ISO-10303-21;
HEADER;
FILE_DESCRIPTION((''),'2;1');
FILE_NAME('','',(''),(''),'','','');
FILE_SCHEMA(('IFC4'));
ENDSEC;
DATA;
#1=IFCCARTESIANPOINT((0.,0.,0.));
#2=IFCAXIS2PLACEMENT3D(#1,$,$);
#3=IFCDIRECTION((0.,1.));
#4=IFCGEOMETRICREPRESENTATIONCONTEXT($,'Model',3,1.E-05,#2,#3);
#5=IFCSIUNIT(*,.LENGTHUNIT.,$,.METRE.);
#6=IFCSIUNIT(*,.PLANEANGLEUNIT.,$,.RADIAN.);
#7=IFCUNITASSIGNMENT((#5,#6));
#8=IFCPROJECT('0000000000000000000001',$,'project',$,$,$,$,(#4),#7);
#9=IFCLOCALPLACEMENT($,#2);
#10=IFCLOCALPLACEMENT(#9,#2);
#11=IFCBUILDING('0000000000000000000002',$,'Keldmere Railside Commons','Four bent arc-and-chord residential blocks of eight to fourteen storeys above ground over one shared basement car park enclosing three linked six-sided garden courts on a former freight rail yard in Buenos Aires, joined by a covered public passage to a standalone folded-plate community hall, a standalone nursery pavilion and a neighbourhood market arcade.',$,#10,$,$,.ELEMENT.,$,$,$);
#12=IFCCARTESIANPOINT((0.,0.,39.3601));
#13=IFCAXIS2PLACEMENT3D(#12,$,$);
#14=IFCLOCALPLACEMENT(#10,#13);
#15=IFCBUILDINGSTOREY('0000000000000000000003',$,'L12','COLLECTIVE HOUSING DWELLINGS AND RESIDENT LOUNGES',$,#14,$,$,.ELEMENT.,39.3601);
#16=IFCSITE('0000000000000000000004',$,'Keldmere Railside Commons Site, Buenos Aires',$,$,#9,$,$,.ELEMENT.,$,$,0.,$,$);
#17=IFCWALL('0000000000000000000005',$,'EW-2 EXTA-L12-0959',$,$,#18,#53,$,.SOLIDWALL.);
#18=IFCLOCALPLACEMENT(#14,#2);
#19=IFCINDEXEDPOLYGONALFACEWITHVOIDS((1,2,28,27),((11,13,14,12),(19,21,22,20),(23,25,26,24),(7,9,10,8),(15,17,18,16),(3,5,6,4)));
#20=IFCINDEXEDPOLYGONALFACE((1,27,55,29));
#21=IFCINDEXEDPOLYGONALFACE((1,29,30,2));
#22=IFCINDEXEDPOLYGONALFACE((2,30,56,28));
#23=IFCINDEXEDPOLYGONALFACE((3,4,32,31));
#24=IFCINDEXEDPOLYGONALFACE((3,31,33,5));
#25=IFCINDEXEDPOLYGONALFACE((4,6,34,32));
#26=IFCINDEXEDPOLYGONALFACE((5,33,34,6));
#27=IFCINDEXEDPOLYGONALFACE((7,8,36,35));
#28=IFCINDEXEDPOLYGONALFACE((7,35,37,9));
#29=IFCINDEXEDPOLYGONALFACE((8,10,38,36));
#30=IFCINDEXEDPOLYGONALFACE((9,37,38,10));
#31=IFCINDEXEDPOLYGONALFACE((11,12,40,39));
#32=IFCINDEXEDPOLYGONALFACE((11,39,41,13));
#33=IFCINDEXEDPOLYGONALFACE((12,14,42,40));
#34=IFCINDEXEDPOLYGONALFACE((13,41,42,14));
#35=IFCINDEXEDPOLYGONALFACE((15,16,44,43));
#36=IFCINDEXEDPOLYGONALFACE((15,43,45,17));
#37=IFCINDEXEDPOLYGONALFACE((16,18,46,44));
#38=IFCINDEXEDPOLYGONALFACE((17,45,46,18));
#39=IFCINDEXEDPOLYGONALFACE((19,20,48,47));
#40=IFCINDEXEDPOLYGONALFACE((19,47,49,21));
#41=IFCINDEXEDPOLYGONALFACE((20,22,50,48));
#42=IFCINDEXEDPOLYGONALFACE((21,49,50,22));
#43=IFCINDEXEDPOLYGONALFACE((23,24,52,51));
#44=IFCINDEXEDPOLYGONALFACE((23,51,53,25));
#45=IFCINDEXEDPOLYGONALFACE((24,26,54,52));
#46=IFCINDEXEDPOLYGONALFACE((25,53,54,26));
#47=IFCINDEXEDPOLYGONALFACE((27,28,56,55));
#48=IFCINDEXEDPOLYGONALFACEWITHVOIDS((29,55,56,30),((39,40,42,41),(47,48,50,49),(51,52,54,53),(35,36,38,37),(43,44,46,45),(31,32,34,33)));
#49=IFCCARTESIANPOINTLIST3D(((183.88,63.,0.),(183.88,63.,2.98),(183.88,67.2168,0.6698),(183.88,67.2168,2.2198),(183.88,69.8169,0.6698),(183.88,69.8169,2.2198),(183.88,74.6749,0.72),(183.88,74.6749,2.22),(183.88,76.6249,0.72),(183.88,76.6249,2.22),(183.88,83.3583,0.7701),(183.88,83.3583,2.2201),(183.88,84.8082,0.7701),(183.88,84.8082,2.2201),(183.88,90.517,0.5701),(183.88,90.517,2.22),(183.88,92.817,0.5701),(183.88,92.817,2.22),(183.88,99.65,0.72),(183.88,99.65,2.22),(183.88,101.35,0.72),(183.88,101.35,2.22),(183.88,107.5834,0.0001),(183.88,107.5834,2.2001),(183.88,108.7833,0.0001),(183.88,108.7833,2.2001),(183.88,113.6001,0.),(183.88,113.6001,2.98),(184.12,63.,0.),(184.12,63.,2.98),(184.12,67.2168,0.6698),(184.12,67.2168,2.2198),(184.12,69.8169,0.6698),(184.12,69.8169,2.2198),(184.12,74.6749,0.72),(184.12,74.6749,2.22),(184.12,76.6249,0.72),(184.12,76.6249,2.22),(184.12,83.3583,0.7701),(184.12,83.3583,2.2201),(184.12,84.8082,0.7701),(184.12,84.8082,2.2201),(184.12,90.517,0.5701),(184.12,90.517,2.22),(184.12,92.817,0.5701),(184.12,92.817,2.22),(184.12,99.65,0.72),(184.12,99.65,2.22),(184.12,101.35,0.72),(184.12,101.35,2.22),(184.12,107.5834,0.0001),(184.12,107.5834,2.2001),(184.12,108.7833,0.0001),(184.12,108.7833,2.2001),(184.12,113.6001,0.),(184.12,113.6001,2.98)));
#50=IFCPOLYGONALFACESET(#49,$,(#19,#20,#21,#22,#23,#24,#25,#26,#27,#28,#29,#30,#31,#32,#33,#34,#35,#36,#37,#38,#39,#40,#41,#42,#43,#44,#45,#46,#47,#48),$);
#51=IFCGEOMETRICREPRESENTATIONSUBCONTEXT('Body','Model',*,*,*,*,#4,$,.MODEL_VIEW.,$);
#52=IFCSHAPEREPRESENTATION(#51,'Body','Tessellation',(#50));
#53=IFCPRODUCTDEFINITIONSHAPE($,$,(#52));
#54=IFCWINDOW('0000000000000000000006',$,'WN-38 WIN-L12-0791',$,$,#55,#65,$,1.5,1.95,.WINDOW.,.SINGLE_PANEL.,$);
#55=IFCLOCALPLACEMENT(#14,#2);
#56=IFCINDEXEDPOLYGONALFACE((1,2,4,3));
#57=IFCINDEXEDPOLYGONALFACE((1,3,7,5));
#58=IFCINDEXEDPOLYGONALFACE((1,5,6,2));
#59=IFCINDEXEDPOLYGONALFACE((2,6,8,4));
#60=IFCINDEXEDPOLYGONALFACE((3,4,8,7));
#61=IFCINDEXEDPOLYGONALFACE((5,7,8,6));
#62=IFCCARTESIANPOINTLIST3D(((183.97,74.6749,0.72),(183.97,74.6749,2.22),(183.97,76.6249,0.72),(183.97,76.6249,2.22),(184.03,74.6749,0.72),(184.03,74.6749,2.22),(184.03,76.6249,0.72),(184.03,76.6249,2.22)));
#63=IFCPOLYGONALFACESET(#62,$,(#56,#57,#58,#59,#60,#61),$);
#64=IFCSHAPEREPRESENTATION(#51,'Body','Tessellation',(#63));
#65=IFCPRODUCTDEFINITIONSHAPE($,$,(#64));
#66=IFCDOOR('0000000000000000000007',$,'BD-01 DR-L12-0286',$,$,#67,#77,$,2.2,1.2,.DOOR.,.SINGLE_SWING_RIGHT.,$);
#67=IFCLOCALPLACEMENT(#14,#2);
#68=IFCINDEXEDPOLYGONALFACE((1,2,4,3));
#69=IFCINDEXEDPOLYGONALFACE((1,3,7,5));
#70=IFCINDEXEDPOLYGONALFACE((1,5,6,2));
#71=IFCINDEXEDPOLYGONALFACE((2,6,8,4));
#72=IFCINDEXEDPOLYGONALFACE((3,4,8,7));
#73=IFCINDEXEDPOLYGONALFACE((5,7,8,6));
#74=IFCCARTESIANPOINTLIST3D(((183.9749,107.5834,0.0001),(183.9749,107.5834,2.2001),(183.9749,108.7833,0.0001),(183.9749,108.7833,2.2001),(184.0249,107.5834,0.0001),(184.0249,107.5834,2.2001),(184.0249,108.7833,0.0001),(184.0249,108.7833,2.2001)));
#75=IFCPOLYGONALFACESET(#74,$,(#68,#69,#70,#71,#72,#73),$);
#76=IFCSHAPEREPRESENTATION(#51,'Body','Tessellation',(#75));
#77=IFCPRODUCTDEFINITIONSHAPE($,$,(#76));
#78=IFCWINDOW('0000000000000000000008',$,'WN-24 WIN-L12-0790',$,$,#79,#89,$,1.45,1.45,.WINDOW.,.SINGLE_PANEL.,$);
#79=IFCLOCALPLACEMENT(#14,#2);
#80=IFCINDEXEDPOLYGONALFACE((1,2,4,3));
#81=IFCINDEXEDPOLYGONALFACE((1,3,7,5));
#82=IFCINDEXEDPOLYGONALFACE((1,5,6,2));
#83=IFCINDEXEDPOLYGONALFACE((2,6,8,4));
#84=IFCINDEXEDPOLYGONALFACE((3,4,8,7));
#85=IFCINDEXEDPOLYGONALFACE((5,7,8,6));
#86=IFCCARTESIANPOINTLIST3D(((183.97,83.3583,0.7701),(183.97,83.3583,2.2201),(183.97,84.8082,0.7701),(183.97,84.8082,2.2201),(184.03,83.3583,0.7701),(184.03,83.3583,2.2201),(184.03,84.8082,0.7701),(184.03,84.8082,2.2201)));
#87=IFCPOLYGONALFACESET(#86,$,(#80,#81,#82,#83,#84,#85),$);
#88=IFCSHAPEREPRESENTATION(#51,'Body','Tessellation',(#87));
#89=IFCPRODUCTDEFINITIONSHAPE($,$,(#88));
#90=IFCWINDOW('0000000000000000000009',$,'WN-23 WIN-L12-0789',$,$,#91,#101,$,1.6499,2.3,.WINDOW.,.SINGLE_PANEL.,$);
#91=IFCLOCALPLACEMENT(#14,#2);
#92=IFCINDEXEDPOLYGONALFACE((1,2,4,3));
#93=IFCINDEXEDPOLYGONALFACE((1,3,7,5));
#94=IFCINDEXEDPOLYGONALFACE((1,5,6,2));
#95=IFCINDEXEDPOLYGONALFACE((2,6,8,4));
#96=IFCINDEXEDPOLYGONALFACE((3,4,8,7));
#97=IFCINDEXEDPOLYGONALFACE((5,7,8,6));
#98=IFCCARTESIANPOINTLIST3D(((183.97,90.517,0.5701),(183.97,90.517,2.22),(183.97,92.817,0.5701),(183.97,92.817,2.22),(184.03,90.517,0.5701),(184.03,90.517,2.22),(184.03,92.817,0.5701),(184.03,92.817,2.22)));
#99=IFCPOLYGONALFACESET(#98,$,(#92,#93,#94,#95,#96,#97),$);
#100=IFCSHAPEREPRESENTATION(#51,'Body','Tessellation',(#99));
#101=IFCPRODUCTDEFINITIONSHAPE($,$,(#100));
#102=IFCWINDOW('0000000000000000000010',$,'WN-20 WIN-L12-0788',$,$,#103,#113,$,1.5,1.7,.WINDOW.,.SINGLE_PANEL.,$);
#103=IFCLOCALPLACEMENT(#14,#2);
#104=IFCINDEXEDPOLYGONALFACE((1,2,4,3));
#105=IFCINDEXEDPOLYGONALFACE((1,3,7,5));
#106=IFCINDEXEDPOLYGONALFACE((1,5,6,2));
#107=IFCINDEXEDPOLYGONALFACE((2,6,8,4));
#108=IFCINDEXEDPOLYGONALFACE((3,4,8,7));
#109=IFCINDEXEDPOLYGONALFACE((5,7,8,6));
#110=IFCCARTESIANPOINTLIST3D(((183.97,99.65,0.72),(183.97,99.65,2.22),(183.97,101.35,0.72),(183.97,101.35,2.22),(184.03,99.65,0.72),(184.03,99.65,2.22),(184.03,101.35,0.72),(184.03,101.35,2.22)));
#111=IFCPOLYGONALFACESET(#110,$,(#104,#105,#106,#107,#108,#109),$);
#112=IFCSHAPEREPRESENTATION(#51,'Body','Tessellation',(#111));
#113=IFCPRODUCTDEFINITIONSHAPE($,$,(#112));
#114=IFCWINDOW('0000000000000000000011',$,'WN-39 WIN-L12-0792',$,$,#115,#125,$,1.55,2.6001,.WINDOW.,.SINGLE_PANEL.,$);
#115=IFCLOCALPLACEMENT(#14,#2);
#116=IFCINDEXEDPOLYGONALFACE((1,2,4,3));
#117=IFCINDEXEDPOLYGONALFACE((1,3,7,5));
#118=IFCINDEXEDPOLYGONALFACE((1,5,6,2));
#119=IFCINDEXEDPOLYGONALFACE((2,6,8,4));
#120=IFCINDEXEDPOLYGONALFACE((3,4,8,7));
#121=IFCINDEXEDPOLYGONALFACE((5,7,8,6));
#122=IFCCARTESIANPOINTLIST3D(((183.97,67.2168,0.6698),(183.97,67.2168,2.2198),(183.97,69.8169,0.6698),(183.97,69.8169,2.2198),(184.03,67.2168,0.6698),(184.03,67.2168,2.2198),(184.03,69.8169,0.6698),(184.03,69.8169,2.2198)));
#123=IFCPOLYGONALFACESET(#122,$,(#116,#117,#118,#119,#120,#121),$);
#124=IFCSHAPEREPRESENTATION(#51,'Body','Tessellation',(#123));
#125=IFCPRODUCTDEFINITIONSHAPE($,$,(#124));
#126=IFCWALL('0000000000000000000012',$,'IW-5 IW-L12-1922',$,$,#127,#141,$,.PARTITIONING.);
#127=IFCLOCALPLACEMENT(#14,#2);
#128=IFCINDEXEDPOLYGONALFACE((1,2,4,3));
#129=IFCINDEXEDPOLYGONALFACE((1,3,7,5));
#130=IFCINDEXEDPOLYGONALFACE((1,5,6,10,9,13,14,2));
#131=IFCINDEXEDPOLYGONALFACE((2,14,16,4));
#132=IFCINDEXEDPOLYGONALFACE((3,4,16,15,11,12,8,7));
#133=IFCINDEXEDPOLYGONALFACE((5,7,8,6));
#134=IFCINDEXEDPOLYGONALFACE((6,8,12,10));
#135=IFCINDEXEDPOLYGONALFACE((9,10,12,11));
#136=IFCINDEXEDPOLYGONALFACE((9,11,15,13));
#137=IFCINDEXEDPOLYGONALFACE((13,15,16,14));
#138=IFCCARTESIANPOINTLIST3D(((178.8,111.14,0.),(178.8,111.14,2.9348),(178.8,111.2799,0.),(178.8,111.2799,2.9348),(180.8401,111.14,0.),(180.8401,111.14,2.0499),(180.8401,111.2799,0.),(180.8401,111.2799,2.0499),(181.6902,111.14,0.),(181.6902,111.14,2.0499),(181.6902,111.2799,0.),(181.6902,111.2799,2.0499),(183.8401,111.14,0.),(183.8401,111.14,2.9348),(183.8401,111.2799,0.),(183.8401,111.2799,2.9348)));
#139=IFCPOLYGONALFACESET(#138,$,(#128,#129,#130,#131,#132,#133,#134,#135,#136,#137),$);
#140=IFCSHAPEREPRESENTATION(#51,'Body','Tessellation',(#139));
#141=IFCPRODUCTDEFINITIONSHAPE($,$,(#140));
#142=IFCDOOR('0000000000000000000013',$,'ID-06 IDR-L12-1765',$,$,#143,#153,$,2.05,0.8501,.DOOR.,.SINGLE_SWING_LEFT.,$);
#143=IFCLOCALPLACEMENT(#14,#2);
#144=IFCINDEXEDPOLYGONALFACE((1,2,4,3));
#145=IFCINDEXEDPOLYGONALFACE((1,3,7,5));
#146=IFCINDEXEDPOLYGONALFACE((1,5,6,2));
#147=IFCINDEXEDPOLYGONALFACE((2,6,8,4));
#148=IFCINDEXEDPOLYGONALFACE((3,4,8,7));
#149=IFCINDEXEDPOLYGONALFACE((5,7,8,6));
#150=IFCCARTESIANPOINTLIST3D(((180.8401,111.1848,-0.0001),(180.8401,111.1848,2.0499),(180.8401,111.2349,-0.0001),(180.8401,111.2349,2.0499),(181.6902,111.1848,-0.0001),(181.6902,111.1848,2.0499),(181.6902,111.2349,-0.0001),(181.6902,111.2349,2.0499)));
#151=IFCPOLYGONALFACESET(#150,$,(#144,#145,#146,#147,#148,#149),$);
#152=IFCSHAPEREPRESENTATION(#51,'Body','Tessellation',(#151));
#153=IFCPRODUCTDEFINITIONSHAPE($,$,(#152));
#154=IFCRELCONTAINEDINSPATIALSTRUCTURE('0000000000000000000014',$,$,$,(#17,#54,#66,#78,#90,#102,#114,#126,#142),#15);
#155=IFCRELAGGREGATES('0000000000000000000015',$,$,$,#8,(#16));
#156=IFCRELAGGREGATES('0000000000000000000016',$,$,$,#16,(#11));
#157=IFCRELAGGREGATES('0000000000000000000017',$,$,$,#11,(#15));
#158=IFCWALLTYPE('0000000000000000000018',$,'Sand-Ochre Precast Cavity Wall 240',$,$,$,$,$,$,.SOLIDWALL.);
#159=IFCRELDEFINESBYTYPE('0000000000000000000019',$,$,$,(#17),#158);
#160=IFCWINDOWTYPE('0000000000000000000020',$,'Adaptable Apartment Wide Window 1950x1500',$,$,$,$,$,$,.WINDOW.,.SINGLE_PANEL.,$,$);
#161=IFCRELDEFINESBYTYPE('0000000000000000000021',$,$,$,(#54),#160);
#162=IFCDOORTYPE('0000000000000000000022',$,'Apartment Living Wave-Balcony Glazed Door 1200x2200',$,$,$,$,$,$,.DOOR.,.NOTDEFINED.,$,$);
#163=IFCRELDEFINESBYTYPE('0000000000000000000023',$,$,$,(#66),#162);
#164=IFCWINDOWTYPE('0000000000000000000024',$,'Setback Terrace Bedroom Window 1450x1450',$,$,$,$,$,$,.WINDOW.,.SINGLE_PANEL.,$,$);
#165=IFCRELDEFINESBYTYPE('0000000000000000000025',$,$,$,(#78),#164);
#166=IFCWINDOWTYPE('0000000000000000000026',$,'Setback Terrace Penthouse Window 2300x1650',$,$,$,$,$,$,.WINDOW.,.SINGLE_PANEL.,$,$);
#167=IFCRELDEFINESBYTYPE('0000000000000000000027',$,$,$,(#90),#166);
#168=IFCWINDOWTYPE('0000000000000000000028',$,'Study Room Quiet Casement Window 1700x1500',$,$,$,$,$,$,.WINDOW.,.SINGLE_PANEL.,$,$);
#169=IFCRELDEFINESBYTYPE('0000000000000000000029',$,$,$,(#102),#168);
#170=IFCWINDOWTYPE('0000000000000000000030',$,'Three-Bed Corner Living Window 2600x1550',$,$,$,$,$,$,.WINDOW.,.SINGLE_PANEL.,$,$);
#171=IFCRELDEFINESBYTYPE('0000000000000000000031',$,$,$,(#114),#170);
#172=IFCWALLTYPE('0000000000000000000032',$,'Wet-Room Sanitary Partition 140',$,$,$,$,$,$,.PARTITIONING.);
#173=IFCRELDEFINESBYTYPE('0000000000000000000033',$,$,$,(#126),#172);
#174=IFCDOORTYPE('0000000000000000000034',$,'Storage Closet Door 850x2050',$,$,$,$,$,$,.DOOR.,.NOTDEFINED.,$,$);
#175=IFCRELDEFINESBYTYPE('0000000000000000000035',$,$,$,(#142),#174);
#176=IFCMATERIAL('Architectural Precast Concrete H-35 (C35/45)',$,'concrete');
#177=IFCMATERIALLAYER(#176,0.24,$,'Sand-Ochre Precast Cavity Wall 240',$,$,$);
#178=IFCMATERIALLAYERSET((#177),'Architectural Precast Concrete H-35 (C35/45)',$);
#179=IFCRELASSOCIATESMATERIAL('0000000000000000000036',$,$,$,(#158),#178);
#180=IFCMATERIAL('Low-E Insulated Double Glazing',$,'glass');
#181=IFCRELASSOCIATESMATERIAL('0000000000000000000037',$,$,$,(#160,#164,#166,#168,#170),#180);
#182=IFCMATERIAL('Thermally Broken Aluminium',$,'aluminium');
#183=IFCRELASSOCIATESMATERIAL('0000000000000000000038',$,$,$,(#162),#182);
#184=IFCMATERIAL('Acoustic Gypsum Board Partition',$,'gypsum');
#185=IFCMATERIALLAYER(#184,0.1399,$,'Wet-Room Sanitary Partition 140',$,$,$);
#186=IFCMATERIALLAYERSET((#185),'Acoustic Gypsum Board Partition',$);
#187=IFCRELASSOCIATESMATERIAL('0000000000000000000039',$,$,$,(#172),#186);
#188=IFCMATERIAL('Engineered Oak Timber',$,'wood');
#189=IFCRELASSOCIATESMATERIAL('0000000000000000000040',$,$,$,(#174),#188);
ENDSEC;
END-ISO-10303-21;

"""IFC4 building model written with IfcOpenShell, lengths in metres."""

from ifc_helpers import new_model, si_unit, direction, frame, frame_2d, origin, place, context, subcontext, project, spatial, rectangle, extrude, material, layer, layer_set, type_object, element, fill, save


model = new_model("IFC4")

# Units and contexts
model_context = context("Model", 3, precision=1e-05, world=origin(), true_north=direction((0.0, 1.0)))
body_context = subcontext(model_context, "Body", "Model", "MODEL_VIEW")
ifc_project = project(units=[si_unit("LENGTHUNIT", "METRE"), si_unit("PLANEANGLEUNIT", "RADIAN")], contexts=[model_context])

# Site, building, storey
site_placement = place(None, origin())
site = spatial("IfcSite", under=ifc_project, at=site_placement, Name="Keldmere Railside Commons Site, Buenos Aires", CompositionType="ELEMENT", RefElevation=0.0)
building_placement = place(site_placement, origin())
building = spatial("IfcBuilding", under=site, at=building_placement, Name="Keldmere Railside Commons", Description="Four bent arc-and-chord residential blocks of eight to fourteen storeys above ground over one shared basement car park enclosing three linked six-sided garden courts on a former freight rail yard in Buenos Aires, joined by a covered public passage to a standalone folded-plate community hall, a standalone nursery pavilion and a neighbourhood market arcade.", CompositionType="ELEMENT")
storey_placement = place(building_placement, frame((0.0, 0.0, 39.3601)))
storey = spatial("IfcBuildingStorey", under=building, at=storey_placement, Name="L12", Description="COLLECTIVE HOUSING DWELLINGS AND RESIDENT LOUNGES", CompositionType="ELEMENT", Elevation=39.3601)

# Shared definitions
ifc_material_1 = material(Name="Acoustic Gypsum Board Partition", Category="gypsum")
ifc_material_2 = material(Name="Engineered Oak Timber", Category="wood")

# Wall, openings, windows, door
ifc_material_3 = material(Name="Architectural Precast Concrete H-35 (C35/45)", Category="concrete")
ifc_layer_1 = layer(ifc_material_3, 0.24, Name="Sand-Ochre Precast Cavity Wall 240")
ifc_layer_set_1 = layer_set([ifc_layer_1], Name="Architectural Precast Concrete H-35 (C35/45)")
wall_type_1 = type_object("IfcWallType", Name="Sand-Ochre Precast Cavity Wall 240", PredefinedType="SOLIDWALL", material=ifc_layer_set_1)
wall_1_placement = place(storey_placement, frame((184.0, 113.6001, 0.0), z_axis=(0.0, 0.0, 1.0), x_axis=(0.0, -1.0, 0.0)))
wall_1 = element("IfcWall", 1, at=wall_1_placement, inside=storey, type_object=wall_type_1, Name="EW-2 EXTA-L12-0959", PredefinedType="SOLIDWALL", context=body_context, shape_type="SweptSolid", body=[
    extrude(rectangle(XDim=50.6001, YDim=0.24, at=frame_2d((25.3, 0.0))), origin(), (0.0, 0.0, 1.0), 2.98),
])
opening_1_placement = place(wall_1_placement, frame((4.8167, 0.0, 0.0)))
opening_1 = element("IfcOpeningElement", 2, at=opening_1_placement, cuts=wall_1, PredefinedType="OPENING", context=body_context, shape_type="SweptSolid", body=[
    extrude(rectangle(XDim=1.2, YDim=2.2, at=frame_2d((0.6001, 1.1001))), frame((0.0, 0.1299, 0.0), z_axis=(0.0, -1.0, 0.0), x_axis=(1.0, 0.0, 0.0)), (0.0, 0.0, 1.0), 0.26),
])
opening_2_placement = place(wall_1_placement, frame((12.25, 0.0, 0.72)))
opening_2 = element("IfcOpeningElement", 3, at=opening_2_placement, cuts=wall_1, PredefinedType="OPENING", context=body_context, shape_type="SweptSolid", body=[
    extrude(rectangle(XDim=1.7, YDim=1.5, at=frame_2d((0.8501, 0.75))), frame((0.0, 0.1299, 0.0), z_axis=(0.0, -1.0, 0.0), x_axis=(1.0, 0.0, 0.0)), (0.0, 0.0, 1.0), 0.26),
])
opening_3_placement = place(wall_1_placement, frame((20.7832, 0.0, 0.5701)))
opening_3 = element("IfcOpeningElement", 4, at=opening_3_placement, cuts=wall_1, PredefinedType="OPENING", context=body_context, shape_type="SweptSolid", body=[
    extrude(rectangle(XDim=2.3, YDim=1.6499, at=frame_2d((1.1499, 0.825))), frame((0.0, 0.1299, 0.0), z_axis=(0.0, -1.0, 0.0), x_axis=(1.0, 0.0, 0.0)), (0.0, 0.0, 1.0), 0.26),
])
opening_4_placement = place(wall_1_placement, frame((28.7917, 0.0, 0.77)))
opening_4 = element("IfcOpeningElement", 5, at=opening_4_placement, cuts=wall_1, PredefinedType="OPENING", context=body_context, shape_type="SweptSolid", body=[
    extrude(rectangle(XDim=1.45, YDim=1.45, at=frame_2d((0.7251, 0.7251))), frame((0.0, 0.1299, 0.0), z_axis=(0.0, -1.0, 0.0), x_axis=(1.0, 0.0, 0.0)), (0.0, 0.0, 1.0), 0.26),
])
opening_5_placement = place(wall_1_placement, frame((36.9751, 0.0, 0.72)))
opening_5 = element("IfcOpeningElement", 6, at=opening_5_placement, cuts=wall_1, PredefinedType="OPENING", context=body_context, shape_type="SweptSolid", body=[
    extrude(rectangle(XDim=1.95, YDim=1.5, at=frame_2d((0.9751, 0.75))), frame((0.0, 0.1299, 0.0), z_axis=(0.0, -1.0, 0.0), x_axis=(1.0, 0.0, 0.0)), (0.0, 0.0, 1.0), 0.26),
])
opening_6_placement = place(wall_1_placement, frame((43.7832, 0.0, 0.6699)))
opening_6 = element("IfcOpeningElement", 7, at=opening_6_placement, cuts=wall_1, PredefinedType="OPENING", context=body_context, shape_type="SweptSolid", body=[
    extrude(rectangle(XDim=2.6001, YDim=1.55, at=frame_2d((1.3, 0.7749))), frame((0.0, 0.1299, 0.0), z_axis=(0.0, -1.0, 0.0), x_axis=(1.0, 0.0, 0.0)), (0.0, 0.0, 1.0), 0.26),
])
ifc_material_4 = material(Name="Low-E Insulated Double Glazing", Category="glass")
window_type_1 = type_object("IfcWindowType", Name="Adaptable Apartment Wide Window 1950x1500", PartitioningType="SINGLE_PANEL", PredefinedType="WINDOW", material=ifc_material_4)
window_1_placement = place(opening_5_placement, origin())
window_1 = element("IfcWindow", 8, at=window_1_placement, inside=storey, type_object=window_type_1, Name="WN-38 WIN-L12-0791", OverallHeight=1.5, OverallWidth=1.95, PartitioningType="SINGLE_PANEL", PredefinedType="WINDOW", context=body_context, shape_type="SweptSolid", body=[
    extrude(rectangle(XDim=1.95, YDim=1.5, at=frame_2d((0.9751, 0.75))), frame((0.0, 0.03, 0.0), z_axis=(0.0, -1.0, 0.0), x_axis=(1.0, 0.0, 0.0)), (0.0, 0.0, 1.0), 0.0601),
])
fill(opening_5, window_1)
ifc_material_5 = material(Name="Thermally Broken Aluminium", Category="aluminium")
door_type_1 = type_object("IfcDoorType", Name="Apartment Living Wave-Balcony Glazed Door 1200x2200", OperationType="NOTDEFINED", PredefinedType="DOOR", material=ifc_material_5)
door_1_placement = place(opening_1_placement, origin())
door_1 = element("IfcDoor", 9, at=door_1_placement, inside=storey, type_object=door_type_1, Name="BD-01 DR-L12-0286", OperationType="SINGLE_SWING_RIGHT", OverallHeight=2.2, OverallWidth=1.2, PredefinedType="DOOR", context=body_context, shape_type="SweptSolid", body=[
    extrude(rectangle(XDim=1.2, YDim=2.2, at=frame_2d((0.6001, 1.1001))), frame((0.0, 0.0249, 0.0), z_axis=(0.0, -1.0, 0.0), x_axis=(1.0, 0.0, 0.0)), (0.0, 0.0, 1.0), 0.05),
])
fill(opening_1, door_1)
window_type_2 = type_object("IfcWindowType", Name="Setback Terrace Bedroom Window 1450x1450", PartitioningType="SINGLE_PANEL", PredefinedType="WINDOW", material=ifc_material_4)
window_2_placement = place(opening_4_placement, origin())
window_2 = element("IfcWindow", 10, at=window_2_placement, inside=storey, type_object=window_type_2, Name="WN-24 WIN-L12-0790", OverallHeight=1.45, OverallWidth=1.45, PartitioningType="SINGLE_PANEL", PredefinedType="WINDOW", context=body_context, shape_type="SweptSolid", body=[
    extrude(rectangle(XDim=1.45, YDim=1.45, at=frame_2d((0.7251, 0.7251))), frame((0.0, 0.03, 0.0), z_axis=(0.0, -1.0, 0.0), x_axis=(1.0, 0.0, 0.0)), (0.0, 0.0, 1.0), 0.0601),
])
fill(opening_4, window_2)
window_type_3 = type_object("IfcWindowType", Name="Setback Terrace Penthouse Window 2300x1650", PartitioningType="SINGLE_PANEL", PredefinedType="WINDOW", material=ifc_material_4)
window_3_placement = place(opening_3_placement, origin())
window_3 = element("IfcWindow", 11, at=window_3_placement, inside=storey, type_object=window_type_3, Name="WN-23 WIN-L12-0789", OverallHeight=1.6499, OverallWidth=2.3, PartitioningType="SINGLE_PANEL", PredefinedType="WINDOW", context=body_context, shape_type="SweptSolid", body=[
    extrude(rectangle(XDim=2.3, YDim=1.6499, at=frame_2d((1.1499, 0.825))), frame((0.0, 0.03, 0.0), z_axis=(0.0, -1.0, 0.0), x_axis=(1.0, 0.0, 0.0)), (0.0, 0.0, 1.0), 0.0601),
])
fill(opening_3, window_3)
window_type_4 = type_object("IfcWindowType", Name="Study Room Quiet Casement Window 1700x1500", PartitioningType="SINGLE_PANEL", PredefinedType="WINDOW", material=ifc_material_4)
window_4_placement = place(opening_2_placement, origin())
window_4 = element("IfcWindow", 12, at=window_4_placement, inside=storey, type_object=window_type_4, Name="WN-20 WIN-L12-0788", OverallHeight=1.5, OverallWidth=1.7, PartitioningType="SINGLE_PANEL", PredefinedType="WINDOW", context=body_context, shape_type="SweptSolid", body=[
    extrude(rectangle(XDim=1.7, YDim=1.5, at=frame_2d((0.8501, 0.75))), frame((0.0, 0.03, 0.0), z_axis=(0.0, -1.0, 0.0), x_axis=(1.0, 0.0, 0.0)), (0.0, 0.0, 1.0), 0.0601),
])
fill(opening_2, window_4)
window_type_5 = type_object("IfcWindowType", Name="Three-Bed Corner Living Window 2600x1550", PartitioningType="SINGLE_PANEL", PredefinedType="WINDOW", material=ifc_material_4)
window_5_placement = place(opening_6_placement, origin())
window_5 = element("IfcWindow", 13, at=window_5_placement, inside=storey, type_object=window_type_5, Name="WN-39 WIN-L12-0792", OverallHeight=1.55, OverallWidth=2.6001, PartitioningType="SINGLE_PANEL", PredefinedType="WINDOW", context=body_context, shape_type="SweptSolid", body=[
    extrude(rectangle(XDim=2.6001, YDim=1.55, at=frame_2d((1.3, 0.7749))), frame((0.0, 0.03, 0.0), z_axis=(0.0, -1.0, 0.0), x_axis=(1.0, 0.0, 0.0)), (0.0, 0.0, 1.0), 0.0601),
])
fill(opening_6, window_5)

# Wall, opening, door
ifc_layer_2 = layer(ifc_material_1, 0.1399, Name="Wet-Room Sanitary Partition 140")
ifc_layer_set_2 = layer_set([ifc_layer_2], Name="Acoustic Gypsum Board Partition")
wall_type_2 = type_object("IfcWallType", Name="Wet-Room Sanitary Partition 140", PredefinedType="PARTITIONING", material=ifc_layer_set_2)
wall_2_placement = place(storey_placement, frame((178.8, 111.21, 0.0), z_axis=(0.0, 0.0, 1.0), x_axis=(1.0, 0.0, 0.0)))
wall_2 = element("IfcWall", 14, at=wall_2_placement, inside=storey, type_object=wall_type_2, Name="IW-5 IW-L12-1922", PredefinedType="PARTITIONING", context=body_context, shape_type="SweptSolid", body=[
    extrude(rectangle(XDim=5.04, YDim=0.1399, at=frame_2d((2.52, 0.0))), origin(), (0.0, 0.0, 1.0), 2.9348),
])
opening_7_placement = place(wall_2_placement, frame((2.04, 0.0, 0.0)))
opening_7 = element("IfcOpeningElement", 15, at=opening_7_placement, cuts=wall_2, PredefinedType="OPENING", context=body_context, shape_type="SweptSolid", body=[
    extrude(rectangle(XDim=0.8501, YDim=2.05, at=frame_2d((0.425, 1.0249))), frame((0.0, 0.0798, 0.0), z_axis=(0.0, -1.0, 0.0), x_axis=(1.0, 0.0, 0.0)), (0.0, 0.0, 1.0), 0.1599),
])
door_type_2 = type_object("IfcDoorType", Name="Storage Closet Door 850x2050", OperationType="NOTDEFINED", PredefinedType="DOOR", material=ifc_material_2)
door_2_placement = place(opening_7_placement, origin())
door_2 = element("IfcDoor", 16, at=door_2_placement, inside=storey, type_object=door_type_2, Name="ID-06 IDR-L12-1765", OperationType="SINGLE_SWING_LEFT", OverallHeight=2.05, OverallWidth=0.8501, PredefinedType="DOOR", context=body_context, shape_type="SweptSolid", body=[
    extrude(rectangle(XDim=0.8501, YDim=2.05, at=frame_2d((0.425, 1.0249))), frame((0.0, 0.0249, 0.0), z_axis=(0.0, -1.0, 0.0), x_axis=(1.0, 0.0, 0.0)), (0.0, 0.0, 1.0), 0.05),
])
fill(opening_7, door_2)

save(model, "model.ifc")
